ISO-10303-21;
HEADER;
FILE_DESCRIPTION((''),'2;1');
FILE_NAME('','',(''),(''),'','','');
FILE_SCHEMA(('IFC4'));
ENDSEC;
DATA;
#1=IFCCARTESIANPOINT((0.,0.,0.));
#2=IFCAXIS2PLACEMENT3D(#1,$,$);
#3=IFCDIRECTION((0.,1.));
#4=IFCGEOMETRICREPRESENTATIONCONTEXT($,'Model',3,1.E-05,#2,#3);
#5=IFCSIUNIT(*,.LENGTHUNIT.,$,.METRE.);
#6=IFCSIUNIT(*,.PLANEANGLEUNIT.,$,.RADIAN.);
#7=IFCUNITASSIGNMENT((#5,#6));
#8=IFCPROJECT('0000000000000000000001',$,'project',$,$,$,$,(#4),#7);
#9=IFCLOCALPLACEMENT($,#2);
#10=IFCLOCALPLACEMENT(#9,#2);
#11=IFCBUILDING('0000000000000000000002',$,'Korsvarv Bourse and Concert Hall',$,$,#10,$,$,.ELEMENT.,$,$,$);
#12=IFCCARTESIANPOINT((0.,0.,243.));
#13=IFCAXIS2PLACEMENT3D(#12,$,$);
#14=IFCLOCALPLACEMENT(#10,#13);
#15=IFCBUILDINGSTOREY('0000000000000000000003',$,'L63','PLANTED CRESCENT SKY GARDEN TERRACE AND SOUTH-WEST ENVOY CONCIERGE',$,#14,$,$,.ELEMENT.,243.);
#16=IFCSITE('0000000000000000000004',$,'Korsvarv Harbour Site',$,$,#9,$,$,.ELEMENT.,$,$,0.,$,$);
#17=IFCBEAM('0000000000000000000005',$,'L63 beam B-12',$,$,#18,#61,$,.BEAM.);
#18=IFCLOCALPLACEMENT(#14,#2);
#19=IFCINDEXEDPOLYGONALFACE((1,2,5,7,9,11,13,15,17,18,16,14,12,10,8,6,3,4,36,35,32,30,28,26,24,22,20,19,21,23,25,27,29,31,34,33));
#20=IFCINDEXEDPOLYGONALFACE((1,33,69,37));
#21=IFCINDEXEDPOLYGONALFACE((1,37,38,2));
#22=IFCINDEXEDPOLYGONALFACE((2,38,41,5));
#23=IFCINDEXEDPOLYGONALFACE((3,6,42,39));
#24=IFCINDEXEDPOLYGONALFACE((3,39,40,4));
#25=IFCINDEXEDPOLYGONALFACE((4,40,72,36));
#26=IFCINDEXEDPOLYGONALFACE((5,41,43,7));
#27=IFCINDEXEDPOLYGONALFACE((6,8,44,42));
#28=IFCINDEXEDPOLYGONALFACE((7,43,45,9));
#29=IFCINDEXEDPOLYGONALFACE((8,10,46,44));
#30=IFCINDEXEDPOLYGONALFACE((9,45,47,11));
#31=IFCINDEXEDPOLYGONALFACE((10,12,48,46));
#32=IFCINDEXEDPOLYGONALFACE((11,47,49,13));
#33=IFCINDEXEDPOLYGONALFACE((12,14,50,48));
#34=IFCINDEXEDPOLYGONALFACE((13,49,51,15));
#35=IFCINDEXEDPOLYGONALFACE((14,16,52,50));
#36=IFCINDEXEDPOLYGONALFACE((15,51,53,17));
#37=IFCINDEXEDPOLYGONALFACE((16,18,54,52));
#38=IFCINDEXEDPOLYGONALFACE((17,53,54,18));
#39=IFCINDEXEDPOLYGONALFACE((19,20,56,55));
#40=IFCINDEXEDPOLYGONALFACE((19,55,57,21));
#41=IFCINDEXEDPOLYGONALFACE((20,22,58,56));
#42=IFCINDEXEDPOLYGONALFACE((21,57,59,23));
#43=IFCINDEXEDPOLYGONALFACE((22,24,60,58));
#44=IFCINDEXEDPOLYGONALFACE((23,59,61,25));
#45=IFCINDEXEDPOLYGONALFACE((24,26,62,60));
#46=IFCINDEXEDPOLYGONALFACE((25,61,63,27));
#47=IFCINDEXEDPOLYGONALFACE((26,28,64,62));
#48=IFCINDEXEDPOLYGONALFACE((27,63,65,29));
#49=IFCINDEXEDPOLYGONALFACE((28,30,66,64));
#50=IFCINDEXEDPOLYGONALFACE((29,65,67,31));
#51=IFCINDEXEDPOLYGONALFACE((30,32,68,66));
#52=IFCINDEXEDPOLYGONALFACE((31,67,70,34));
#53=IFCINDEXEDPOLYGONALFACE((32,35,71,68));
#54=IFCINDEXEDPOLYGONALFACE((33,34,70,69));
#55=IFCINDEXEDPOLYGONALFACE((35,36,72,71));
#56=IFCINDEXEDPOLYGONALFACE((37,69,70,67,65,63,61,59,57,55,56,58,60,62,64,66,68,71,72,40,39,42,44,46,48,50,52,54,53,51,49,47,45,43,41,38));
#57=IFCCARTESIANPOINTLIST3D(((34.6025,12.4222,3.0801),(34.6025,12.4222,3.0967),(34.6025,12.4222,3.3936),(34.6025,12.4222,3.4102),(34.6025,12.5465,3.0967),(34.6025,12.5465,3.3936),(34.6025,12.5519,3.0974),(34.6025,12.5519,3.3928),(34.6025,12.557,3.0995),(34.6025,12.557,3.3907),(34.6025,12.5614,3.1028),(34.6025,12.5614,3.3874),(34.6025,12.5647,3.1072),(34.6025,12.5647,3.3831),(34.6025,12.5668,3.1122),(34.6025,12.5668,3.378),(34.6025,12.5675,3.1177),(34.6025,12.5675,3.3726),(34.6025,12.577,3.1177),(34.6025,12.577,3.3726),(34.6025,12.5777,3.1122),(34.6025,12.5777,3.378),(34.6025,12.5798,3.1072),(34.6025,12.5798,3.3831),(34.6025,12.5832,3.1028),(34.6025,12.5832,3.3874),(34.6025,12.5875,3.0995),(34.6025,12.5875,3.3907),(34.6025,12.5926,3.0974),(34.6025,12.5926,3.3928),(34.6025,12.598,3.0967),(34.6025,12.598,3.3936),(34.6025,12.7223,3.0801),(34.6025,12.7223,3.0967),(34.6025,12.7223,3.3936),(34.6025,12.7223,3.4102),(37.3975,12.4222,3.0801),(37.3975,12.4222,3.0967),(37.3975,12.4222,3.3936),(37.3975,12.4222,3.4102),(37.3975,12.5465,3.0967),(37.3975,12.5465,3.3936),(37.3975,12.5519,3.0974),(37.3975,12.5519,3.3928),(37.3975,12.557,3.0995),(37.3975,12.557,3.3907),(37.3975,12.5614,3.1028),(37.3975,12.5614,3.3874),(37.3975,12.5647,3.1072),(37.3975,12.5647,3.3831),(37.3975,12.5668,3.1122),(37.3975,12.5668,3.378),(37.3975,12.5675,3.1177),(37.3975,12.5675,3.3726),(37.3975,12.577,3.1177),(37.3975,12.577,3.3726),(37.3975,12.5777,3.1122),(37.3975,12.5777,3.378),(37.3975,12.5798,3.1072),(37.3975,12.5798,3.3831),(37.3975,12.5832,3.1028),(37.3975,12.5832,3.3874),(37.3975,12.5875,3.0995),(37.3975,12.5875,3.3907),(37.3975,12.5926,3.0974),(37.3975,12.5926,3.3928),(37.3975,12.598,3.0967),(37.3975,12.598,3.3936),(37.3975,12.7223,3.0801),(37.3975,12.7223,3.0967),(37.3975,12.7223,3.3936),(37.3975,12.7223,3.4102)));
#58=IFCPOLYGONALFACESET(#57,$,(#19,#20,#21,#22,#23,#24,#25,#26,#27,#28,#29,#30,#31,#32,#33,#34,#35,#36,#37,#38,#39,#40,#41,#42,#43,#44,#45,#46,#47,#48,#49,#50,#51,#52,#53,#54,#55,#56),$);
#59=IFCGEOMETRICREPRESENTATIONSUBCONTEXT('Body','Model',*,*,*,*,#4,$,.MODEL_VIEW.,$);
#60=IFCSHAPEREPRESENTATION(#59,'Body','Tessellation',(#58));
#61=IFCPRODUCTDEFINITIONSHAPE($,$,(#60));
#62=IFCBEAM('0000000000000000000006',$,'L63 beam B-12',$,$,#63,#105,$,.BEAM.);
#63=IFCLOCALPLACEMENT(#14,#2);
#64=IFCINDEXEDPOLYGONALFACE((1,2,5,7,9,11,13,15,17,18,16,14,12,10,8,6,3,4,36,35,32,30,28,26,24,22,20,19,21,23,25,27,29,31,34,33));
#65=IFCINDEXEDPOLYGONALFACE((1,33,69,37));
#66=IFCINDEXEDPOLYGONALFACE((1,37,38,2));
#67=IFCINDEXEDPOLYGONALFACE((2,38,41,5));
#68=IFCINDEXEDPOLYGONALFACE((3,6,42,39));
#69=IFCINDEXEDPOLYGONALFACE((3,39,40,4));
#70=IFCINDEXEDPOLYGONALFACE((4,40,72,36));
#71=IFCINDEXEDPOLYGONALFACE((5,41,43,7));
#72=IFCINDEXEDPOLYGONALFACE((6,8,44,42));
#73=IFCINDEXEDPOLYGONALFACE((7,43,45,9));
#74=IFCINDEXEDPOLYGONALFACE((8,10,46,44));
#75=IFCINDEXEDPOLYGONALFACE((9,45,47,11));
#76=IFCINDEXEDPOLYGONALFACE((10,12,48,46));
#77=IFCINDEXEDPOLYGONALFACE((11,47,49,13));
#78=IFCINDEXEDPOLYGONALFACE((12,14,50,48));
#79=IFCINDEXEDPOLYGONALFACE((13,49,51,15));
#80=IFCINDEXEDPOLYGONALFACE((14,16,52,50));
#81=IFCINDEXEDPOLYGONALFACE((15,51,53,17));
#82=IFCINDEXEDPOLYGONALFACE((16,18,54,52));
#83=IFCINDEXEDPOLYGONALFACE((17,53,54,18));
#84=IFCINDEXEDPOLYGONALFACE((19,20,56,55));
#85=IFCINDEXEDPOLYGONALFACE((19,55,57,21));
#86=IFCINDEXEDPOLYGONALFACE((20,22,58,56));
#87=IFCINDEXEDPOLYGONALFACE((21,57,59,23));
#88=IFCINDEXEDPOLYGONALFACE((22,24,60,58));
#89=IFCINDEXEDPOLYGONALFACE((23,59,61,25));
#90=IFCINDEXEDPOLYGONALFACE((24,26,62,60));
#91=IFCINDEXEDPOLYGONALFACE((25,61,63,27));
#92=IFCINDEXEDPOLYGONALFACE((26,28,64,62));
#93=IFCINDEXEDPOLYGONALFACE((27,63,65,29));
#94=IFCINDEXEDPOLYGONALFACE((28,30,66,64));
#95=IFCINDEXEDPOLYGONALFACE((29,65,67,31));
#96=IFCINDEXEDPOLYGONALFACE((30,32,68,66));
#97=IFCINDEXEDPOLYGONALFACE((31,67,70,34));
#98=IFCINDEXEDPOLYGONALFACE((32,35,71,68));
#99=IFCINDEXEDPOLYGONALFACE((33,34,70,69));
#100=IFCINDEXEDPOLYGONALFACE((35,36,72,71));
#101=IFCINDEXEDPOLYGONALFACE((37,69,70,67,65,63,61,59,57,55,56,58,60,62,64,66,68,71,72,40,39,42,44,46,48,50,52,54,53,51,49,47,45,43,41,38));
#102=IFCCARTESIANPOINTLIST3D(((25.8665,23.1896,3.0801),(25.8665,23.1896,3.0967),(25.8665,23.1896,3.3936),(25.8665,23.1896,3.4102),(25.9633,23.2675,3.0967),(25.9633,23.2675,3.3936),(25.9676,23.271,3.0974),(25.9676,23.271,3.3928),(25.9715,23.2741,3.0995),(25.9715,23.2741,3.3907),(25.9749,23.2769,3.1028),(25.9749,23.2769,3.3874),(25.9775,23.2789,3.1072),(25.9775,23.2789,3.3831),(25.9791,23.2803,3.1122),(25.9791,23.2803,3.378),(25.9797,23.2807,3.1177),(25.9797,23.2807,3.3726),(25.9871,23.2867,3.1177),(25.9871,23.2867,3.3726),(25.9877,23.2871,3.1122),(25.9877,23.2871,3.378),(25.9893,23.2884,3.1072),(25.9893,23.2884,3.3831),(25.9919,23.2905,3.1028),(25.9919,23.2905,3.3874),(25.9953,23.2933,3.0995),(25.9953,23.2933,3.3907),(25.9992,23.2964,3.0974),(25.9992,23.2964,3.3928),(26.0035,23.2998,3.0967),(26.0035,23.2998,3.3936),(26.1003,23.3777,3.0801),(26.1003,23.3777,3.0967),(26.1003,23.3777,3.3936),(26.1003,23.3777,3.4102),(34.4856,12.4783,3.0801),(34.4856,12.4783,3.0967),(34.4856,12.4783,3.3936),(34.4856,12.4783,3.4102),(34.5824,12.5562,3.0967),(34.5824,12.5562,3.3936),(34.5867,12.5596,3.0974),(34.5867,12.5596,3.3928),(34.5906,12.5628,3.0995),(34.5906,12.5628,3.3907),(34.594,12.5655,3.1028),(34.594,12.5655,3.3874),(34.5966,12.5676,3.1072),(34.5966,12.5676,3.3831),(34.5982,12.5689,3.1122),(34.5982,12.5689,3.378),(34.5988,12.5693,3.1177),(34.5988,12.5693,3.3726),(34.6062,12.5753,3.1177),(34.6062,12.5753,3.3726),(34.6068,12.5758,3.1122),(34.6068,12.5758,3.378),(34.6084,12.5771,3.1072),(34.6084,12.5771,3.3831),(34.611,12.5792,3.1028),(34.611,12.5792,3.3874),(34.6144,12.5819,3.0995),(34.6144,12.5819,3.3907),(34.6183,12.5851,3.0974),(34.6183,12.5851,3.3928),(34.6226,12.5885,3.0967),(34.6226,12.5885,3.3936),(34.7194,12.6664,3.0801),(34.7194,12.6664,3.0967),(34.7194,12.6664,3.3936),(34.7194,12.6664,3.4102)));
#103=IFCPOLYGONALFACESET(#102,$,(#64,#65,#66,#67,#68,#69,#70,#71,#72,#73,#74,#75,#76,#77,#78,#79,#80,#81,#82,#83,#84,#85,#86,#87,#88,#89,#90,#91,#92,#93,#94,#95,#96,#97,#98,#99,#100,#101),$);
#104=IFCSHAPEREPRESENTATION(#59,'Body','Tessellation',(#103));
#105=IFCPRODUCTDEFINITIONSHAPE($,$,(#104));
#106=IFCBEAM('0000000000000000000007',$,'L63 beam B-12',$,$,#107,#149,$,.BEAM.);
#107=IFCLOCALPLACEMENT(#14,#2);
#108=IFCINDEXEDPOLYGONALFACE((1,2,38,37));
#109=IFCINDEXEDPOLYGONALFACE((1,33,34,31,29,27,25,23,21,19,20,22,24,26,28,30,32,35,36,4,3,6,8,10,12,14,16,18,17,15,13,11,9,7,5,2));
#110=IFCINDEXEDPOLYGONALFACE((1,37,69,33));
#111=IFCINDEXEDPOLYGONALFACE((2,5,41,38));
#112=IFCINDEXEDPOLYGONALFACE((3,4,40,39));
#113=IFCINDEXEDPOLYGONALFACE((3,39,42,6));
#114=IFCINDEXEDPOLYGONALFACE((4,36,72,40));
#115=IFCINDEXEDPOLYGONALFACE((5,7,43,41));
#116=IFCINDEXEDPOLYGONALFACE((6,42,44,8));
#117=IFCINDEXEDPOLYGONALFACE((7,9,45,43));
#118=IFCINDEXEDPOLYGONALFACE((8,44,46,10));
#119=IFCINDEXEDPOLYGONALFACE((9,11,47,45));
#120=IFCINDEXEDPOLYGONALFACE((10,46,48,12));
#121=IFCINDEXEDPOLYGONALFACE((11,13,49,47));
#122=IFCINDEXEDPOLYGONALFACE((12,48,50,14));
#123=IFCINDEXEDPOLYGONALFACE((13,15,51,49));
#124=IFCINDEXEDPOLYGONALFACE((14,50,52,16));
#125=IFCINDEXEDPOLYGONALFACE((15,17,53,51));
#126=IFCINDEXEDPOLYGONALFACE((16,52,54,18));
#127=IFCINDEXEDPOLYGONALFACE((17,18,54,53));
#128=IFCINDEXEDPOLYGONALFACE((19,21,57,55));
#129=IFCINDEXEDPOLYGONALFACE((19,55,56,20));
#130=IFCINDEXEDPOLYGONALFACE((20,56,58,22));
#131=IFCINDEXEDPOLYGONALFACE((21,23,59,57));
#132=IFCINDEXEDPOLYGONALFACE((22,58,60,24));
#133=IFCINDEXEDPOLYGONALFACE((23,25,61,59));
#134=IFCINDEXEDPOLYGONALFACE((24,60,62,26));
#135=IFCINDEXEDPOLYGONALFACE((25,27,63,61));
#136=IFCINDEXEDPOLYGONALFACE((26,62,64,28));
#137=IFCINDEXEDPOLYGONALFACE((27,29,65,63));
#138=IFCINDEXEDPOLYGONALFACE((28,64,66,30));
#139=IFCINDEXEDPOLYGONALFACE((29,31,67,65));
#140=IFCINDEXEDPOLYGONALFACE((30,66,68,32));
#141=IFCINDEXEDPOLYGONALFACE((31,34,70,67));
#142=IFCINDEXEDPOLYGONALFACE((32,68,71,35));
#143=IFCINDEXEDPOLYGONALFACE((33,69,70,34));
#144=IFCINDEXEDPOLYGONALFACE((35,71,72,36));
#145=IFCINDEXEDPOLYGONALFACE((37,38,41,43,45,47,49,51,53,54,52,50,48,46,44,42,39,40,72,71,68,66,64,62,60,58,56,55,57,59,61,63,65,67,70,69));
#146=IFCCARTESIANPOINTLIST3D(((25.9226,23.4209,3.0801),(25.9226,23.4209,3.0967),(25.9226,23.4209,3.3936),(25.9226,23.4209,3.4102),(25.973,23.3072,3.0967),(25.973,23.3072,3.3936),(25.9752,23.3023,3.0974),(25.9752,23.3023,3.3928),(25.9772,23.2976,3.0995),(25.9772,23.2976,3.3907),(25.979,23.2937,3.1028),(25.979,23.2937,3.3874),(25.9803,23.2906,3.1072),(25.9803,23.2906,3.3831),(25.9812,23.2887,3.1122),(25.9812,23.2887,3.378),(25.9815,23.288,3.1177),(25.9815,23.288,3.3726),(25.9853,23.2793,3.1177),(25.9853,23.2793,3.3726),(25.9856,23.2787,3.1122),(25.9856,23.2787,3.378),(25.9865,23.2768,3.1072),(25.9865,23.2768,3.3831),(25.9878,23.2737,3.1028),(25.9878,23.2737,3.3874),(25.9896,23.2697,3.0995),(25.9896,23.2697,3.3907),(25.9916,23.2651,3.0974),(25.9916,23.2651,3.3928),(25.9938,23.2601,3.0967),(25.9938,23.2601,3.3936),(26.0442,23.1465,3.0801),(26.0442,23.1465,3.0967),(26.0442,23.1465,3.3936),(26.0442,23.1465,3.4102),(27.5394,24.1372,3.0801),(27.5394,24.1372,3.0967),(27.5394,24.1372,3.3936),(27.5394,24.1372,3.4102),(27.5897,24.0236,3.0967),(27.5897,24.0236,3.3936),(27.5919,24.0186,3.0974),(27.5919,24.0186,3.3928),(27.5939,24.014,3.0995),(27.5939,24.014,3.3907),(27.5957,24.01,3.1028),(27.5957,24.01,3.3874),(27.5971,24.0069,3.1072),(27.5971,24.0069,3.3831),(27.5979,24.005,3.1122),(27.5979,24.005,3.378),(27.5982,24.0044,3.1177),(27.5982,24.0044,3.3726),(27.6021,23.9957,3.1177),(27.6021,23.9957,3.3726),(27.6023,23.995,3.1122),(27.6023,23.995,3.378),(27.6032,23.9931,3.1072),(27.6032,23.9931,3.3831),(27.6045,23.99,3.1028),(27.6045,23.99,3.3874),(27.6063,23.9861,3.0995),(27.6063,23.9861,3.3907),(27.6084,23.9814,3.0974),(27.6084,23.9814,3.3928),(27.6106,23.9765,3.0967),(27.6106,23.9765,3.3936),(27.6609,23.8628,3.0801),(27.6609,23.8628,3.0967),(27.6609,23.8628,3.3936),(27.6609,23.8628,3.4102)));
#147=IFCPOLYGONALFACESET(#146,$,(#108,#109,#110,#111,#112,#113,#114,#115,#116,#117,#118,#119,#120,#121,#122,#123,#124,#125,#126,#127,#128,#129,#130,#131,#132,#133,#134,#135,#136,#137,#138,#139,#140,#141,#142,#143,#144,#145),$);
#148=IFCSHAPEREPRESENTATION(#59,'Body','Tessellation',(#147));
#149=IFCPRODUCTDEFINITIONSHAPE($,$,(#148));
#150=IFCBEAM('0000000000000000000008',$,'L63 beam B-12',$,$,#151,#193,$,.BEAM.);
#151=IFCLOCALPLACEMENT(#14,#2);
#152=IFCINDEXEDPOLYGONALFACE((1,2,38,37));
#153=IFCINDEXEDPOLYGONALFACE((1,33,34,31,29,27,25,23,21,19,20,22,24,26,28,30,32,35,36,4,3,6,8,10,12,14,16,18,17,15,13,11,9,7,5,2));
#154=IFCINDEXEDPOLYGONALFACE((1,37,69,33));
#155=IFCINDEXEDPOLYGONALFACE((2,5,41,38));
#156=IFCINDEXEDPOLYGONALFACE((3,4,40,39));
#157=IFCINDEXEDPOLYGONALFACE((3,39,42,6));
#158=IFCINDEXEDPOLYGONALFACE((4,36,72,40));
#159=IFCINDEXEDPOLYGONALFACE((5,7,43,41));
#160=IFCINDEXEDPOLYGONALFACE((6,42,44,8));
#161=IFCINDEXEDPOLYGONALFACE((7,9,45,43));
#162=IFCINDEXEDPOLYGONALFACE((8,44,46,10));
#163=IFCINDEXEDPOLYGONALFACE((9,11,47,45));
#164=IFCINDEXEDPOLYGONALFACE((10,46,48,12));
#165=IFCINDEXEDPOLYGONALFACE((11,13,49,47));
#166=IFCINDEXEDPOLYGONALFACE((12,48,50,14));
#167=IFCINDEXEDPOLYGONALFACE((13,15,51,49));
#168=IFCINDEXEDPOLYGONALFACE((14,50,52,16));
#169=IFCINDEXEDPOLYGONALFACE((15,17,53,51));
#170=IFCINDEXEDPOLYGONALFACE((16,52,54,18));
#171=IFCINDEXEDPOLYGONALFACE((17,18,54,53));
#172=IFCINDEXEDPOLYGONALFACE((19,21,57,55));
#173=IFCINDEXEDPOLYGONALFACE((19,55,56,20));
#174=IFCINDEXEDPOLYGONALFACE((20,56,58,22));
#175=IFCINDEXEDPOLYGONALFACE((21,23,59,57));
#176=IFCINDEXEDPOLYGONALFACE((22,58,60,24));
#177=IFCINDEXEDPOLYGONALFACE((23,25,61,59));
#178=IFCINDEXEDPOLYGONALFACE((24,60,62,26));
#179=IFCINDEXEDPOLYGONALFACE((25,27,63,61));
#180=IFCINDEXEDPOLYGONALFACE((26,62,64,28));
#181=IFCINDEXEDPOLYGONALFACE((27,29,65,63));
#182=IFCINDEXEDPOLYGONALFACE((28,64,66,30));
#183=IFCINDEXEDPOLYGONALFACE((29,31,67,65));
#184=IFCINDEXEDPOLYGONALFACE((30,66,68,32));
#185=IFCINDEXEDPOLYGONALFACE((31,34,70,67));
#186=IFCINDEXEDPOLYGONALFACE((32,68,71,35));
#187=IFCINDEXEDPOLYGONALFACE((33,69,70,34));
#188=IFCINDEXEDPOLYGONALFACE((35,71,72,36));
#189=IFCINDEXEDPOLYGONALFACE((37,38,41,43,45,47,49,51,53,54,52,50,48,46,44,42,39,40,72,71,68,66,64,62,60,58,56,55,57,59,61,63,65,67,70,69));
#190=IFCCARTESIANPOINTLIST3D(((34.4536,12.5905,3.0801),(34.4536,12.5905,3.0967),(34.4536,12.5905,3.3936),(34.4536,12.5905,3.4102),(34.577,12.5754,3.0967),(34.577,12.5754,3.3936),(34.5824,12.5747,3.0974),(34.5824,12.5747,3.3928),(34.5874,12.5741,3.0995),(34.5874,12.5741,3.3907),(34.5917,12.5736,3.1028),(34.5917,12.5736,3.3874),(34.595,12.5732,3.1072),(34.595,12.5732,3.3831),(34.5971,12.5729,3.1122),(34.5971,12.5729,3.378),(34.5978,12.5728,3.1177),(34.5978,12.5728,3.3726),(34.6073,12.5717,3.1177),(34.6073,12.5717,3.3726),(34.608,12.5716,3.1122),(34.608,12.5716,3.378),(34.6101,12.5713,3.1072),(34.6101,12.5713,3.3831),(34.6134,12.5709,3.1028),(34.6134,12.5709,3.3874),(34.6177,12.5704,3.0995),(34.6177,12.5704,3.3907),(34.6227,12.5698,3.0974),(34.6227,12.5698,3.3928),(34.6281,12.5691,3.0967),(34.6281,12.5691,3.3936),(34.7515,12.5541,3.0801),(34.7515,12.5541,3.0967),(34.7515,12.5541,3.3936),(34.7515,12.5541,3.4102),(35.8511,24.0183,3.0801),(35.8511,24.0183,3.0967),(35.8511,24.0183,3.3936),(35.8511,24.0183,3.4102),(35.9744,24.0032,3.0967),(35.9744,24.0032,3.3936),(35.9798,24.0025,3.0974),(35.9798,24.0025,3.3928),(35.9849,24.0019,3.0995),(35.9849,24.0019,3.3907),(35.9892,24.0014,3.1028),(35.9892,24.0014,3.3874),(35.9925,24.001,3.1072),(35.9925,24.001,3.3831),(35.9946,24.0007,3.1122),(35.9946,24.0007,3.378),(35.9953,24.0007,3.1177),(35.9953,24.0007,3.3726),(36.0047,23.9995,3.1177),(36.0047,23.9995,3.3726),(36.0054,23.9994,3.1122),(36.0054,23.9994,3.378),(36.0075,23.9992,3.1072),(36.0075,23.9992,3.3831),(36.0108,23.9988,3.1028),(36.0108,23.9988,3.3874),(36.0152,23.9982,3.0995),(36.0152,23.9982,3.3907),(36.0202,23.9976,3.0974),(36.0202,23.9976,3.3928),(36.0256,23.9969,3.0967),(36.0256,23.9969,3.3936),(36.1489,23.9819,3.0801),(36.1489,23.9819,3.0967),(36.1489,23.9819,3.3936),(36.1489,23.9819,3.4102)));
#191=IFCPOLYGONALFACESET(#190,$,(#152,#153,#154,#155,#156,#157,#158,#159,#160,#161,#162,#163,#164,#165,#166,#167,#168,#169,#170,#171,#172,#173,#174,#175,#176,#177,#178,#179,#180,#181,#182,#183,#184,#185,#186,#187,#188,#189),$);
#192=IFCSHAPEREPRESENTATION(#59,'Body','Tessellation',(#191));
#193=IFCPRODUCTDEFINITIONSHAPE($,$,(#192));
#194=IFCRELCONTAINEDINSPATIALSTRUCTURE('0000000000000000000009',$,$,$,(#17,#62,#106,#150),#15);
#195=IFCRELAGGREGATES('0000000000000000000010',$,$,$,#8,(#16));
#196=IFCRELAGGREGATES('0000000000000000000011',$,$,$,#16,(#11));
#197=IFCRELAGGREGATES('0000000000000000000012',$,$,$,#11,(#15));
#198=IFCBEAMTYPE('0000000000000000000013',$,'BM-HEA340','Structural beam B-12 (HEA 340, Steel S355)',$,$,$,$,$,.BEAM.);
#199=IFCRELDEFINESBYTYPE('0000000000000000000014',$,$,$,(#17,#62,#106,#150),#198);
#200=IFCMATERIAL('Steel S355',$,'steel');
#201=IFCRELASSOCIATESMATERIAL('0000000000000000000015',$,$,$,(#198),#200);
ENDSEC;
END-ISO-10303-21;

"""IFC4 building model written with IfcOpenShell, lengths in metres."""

from ifc_helpers import new_model, si_unit, direction, frame, origin, origin_2d, place, context, subcontext, project, spatial, i_section, extrude, source, transform, mapped, material, material_profile, profile_set, type_object, element, save


model = new_model("IFC4")

# Units and contexts
model_context = context("Model", 3, precision=1e-05, world=origin(), true_north=direction((0.0, 1.0)))
body_context = subcontext(model_context, "Body", "Model", "MODEL_VIEW")
ifc_project = project(units=[si_unit("LENGTHUNIT", "METRE"), si_unit("PLANEANGLEUNIT", "RADIAN")], contexts=[model_context])

# Site, building, storey
site_placement = place(None, origin())
site = spatial("IfcSite", under=ifc_project, at=site_placement, Name="Korsvarv Harbour Site", CompositionType="ELEMENT", RefElevation=0.0)
building_placement = place(site_placement, origin())
building = spatial("IfcBuilding", under=site, at=building_placement, Name="Korsvarv Bourse and Concert Hall", CompositionType="ELEMENT")
storey_placement = place(building_placement, frame((0.0, 0.0, 243.0)))
storey = spatial("IfcBuildingStorey", under=building, at=storey_placement, Name="L63", Description="PLANTED CRESCENT SKY GARDEN TERRACE AND SOUTH-WEST ENVOY CONCIERGE", CompositionType="ELEMENT", Elevation=243.0)

# Shared definitions
ifc_material_1 = material(Name="Steel S355", Category="steel")

# Beams
ifc_material_profile_1 = material_profile(ifc_material_1, i_section(OverallWidth=0.3, OverallDepth=0.3301, WebThickness=0.0095, FlangeThickness=0.0166, FilletRadius=0.021, at=origin_2d()), Name="HEA 340")
ifc_profile_set_1 = profile_set([ifc_material_profile_1], Name="Steel S355")
beam_type_1 = type_object("IfcBeamType", Name="BM-HEA340", Description="Structural beam B-12 (HEA 340, Steel S355)", PredefinedType="BEAM", material=ifc_profile_set_1)
shared_shape_1 = source(origin(), body_context, "Body", "SweptSolid", [
    extrude(i_section(OverallWidth=0.3, OverallDepth=0.3301, WebThickness=0.0095, FlangeThickness=0.0166, FilletRadius=0.021, at=origin_2d()), origin(), (0.0, 0.0, 1.0), 2.7949),
])
beam_1_placement = place(storey_placement, frame((34.6025, 12.5723, 3.2451), z_axis=(1.0, 0.0, 0.0), x_axis=(0.0, 1.0, 0.0)))
element("IfcBeam", 1, at=beam_1_placement, inside=storey, type_object=beam_type_1, Name="L63 beam B-12", PredefinedType="BEAM", context=body_context, shape_type="MappedRepresentation", body=[
    mapped(shared_shape_1, transform((0.0, 0.0, 0.0), scale=1.0)),
])
shared_shape_2 = source(origin(), body_context, "Body", "SweptSolid", [
    extrude(i_section(OverallWidth=0.3, OverallDepth=0.3301, WebThickness=0.0095, FlangeThickness=0.0166, FilletRadius=0.021, at=origin_2d()), origin(), (0.0, 0.0, 1.0), 13.7485),
])
beam_2_placement = place(storey_placement, frame((25.9834, 23.2837, 3.2451), z_axis=(0.62691, -0.779092, 0.0), x_axis=(0.779092, 0.62691, 0.0)))
element("IfcBeam", 2, at=beam_2_placement, inside=storey, type_object=beam_type_1, Name="L63 beam B-12", PredefinedType="BEAM", context=body_context, shape_type="MappedRepresentation", body=[
    mapped(shared_shape_2, transform((0.0, 0.0, 0.0), scale=1.0)),
])
shared_shape_3 = source(origin(), body_context, "Body", "SweptSolid", [
    extrude(i_section(OverallWidth=0.3, OverallDepth=0.3301, WebThickness=0.0095, FlangeThickness=0.0166, FilletRadius=0.021, at=origin_2d()), origin(), (0.0, 0.0, 1.0), 1.7683),
])
beam_3_placement = place(storey_placement, frame((25.9834, 23.2837, 3.2451), z_axis=(0.914278, 0.405088, 0.0), x_axis=(-0.405088, 0.914278, 0.0)))
element("IfcBeam", 3, at=beam_3_placement, inside=storey, type_object=beam_type_1, Name="L63 beam B-12", PredefinedType="BEAM", context=body_context, shape_type="MappedRepresentation", body=[
    mapped(shared_shape_3, transform((0.0, 0.0, 0.0), scale=1.0)),
])
shared_shape_4 = source(origin(), body_context, "Body", "SweptSolid", [
    extrude(i_section(OverallWidth=0.3, OverallDepth=0.3301, WebThickness=0.0095, FlangeThickness=0.0166, FilletRadius=0.021, at=origin_2d()), origin(), (0.0, 0.0, 1.0), 11.5129),
])
beam_4_placement = place(storey_placement, frame((34.6025, 12.5723, 3.2451), z_axis=(0.121383, 0.992606, 0.0), x_axis=(-0.992606, 0.121383, 0.0)))
element("IfcBeam", 4, at=beam_4_placement, inside=storey, type_object=beam_type_1, Name="L63 beam B-12", PredefinedType="BEAM", context=body_context, shape_type="MappedRepresentation", body=[
    mapped(shared_shape_4, transform((0.0, 0.0, 0.0), scale=1.0)),
])

save(model, "model.ifc")
